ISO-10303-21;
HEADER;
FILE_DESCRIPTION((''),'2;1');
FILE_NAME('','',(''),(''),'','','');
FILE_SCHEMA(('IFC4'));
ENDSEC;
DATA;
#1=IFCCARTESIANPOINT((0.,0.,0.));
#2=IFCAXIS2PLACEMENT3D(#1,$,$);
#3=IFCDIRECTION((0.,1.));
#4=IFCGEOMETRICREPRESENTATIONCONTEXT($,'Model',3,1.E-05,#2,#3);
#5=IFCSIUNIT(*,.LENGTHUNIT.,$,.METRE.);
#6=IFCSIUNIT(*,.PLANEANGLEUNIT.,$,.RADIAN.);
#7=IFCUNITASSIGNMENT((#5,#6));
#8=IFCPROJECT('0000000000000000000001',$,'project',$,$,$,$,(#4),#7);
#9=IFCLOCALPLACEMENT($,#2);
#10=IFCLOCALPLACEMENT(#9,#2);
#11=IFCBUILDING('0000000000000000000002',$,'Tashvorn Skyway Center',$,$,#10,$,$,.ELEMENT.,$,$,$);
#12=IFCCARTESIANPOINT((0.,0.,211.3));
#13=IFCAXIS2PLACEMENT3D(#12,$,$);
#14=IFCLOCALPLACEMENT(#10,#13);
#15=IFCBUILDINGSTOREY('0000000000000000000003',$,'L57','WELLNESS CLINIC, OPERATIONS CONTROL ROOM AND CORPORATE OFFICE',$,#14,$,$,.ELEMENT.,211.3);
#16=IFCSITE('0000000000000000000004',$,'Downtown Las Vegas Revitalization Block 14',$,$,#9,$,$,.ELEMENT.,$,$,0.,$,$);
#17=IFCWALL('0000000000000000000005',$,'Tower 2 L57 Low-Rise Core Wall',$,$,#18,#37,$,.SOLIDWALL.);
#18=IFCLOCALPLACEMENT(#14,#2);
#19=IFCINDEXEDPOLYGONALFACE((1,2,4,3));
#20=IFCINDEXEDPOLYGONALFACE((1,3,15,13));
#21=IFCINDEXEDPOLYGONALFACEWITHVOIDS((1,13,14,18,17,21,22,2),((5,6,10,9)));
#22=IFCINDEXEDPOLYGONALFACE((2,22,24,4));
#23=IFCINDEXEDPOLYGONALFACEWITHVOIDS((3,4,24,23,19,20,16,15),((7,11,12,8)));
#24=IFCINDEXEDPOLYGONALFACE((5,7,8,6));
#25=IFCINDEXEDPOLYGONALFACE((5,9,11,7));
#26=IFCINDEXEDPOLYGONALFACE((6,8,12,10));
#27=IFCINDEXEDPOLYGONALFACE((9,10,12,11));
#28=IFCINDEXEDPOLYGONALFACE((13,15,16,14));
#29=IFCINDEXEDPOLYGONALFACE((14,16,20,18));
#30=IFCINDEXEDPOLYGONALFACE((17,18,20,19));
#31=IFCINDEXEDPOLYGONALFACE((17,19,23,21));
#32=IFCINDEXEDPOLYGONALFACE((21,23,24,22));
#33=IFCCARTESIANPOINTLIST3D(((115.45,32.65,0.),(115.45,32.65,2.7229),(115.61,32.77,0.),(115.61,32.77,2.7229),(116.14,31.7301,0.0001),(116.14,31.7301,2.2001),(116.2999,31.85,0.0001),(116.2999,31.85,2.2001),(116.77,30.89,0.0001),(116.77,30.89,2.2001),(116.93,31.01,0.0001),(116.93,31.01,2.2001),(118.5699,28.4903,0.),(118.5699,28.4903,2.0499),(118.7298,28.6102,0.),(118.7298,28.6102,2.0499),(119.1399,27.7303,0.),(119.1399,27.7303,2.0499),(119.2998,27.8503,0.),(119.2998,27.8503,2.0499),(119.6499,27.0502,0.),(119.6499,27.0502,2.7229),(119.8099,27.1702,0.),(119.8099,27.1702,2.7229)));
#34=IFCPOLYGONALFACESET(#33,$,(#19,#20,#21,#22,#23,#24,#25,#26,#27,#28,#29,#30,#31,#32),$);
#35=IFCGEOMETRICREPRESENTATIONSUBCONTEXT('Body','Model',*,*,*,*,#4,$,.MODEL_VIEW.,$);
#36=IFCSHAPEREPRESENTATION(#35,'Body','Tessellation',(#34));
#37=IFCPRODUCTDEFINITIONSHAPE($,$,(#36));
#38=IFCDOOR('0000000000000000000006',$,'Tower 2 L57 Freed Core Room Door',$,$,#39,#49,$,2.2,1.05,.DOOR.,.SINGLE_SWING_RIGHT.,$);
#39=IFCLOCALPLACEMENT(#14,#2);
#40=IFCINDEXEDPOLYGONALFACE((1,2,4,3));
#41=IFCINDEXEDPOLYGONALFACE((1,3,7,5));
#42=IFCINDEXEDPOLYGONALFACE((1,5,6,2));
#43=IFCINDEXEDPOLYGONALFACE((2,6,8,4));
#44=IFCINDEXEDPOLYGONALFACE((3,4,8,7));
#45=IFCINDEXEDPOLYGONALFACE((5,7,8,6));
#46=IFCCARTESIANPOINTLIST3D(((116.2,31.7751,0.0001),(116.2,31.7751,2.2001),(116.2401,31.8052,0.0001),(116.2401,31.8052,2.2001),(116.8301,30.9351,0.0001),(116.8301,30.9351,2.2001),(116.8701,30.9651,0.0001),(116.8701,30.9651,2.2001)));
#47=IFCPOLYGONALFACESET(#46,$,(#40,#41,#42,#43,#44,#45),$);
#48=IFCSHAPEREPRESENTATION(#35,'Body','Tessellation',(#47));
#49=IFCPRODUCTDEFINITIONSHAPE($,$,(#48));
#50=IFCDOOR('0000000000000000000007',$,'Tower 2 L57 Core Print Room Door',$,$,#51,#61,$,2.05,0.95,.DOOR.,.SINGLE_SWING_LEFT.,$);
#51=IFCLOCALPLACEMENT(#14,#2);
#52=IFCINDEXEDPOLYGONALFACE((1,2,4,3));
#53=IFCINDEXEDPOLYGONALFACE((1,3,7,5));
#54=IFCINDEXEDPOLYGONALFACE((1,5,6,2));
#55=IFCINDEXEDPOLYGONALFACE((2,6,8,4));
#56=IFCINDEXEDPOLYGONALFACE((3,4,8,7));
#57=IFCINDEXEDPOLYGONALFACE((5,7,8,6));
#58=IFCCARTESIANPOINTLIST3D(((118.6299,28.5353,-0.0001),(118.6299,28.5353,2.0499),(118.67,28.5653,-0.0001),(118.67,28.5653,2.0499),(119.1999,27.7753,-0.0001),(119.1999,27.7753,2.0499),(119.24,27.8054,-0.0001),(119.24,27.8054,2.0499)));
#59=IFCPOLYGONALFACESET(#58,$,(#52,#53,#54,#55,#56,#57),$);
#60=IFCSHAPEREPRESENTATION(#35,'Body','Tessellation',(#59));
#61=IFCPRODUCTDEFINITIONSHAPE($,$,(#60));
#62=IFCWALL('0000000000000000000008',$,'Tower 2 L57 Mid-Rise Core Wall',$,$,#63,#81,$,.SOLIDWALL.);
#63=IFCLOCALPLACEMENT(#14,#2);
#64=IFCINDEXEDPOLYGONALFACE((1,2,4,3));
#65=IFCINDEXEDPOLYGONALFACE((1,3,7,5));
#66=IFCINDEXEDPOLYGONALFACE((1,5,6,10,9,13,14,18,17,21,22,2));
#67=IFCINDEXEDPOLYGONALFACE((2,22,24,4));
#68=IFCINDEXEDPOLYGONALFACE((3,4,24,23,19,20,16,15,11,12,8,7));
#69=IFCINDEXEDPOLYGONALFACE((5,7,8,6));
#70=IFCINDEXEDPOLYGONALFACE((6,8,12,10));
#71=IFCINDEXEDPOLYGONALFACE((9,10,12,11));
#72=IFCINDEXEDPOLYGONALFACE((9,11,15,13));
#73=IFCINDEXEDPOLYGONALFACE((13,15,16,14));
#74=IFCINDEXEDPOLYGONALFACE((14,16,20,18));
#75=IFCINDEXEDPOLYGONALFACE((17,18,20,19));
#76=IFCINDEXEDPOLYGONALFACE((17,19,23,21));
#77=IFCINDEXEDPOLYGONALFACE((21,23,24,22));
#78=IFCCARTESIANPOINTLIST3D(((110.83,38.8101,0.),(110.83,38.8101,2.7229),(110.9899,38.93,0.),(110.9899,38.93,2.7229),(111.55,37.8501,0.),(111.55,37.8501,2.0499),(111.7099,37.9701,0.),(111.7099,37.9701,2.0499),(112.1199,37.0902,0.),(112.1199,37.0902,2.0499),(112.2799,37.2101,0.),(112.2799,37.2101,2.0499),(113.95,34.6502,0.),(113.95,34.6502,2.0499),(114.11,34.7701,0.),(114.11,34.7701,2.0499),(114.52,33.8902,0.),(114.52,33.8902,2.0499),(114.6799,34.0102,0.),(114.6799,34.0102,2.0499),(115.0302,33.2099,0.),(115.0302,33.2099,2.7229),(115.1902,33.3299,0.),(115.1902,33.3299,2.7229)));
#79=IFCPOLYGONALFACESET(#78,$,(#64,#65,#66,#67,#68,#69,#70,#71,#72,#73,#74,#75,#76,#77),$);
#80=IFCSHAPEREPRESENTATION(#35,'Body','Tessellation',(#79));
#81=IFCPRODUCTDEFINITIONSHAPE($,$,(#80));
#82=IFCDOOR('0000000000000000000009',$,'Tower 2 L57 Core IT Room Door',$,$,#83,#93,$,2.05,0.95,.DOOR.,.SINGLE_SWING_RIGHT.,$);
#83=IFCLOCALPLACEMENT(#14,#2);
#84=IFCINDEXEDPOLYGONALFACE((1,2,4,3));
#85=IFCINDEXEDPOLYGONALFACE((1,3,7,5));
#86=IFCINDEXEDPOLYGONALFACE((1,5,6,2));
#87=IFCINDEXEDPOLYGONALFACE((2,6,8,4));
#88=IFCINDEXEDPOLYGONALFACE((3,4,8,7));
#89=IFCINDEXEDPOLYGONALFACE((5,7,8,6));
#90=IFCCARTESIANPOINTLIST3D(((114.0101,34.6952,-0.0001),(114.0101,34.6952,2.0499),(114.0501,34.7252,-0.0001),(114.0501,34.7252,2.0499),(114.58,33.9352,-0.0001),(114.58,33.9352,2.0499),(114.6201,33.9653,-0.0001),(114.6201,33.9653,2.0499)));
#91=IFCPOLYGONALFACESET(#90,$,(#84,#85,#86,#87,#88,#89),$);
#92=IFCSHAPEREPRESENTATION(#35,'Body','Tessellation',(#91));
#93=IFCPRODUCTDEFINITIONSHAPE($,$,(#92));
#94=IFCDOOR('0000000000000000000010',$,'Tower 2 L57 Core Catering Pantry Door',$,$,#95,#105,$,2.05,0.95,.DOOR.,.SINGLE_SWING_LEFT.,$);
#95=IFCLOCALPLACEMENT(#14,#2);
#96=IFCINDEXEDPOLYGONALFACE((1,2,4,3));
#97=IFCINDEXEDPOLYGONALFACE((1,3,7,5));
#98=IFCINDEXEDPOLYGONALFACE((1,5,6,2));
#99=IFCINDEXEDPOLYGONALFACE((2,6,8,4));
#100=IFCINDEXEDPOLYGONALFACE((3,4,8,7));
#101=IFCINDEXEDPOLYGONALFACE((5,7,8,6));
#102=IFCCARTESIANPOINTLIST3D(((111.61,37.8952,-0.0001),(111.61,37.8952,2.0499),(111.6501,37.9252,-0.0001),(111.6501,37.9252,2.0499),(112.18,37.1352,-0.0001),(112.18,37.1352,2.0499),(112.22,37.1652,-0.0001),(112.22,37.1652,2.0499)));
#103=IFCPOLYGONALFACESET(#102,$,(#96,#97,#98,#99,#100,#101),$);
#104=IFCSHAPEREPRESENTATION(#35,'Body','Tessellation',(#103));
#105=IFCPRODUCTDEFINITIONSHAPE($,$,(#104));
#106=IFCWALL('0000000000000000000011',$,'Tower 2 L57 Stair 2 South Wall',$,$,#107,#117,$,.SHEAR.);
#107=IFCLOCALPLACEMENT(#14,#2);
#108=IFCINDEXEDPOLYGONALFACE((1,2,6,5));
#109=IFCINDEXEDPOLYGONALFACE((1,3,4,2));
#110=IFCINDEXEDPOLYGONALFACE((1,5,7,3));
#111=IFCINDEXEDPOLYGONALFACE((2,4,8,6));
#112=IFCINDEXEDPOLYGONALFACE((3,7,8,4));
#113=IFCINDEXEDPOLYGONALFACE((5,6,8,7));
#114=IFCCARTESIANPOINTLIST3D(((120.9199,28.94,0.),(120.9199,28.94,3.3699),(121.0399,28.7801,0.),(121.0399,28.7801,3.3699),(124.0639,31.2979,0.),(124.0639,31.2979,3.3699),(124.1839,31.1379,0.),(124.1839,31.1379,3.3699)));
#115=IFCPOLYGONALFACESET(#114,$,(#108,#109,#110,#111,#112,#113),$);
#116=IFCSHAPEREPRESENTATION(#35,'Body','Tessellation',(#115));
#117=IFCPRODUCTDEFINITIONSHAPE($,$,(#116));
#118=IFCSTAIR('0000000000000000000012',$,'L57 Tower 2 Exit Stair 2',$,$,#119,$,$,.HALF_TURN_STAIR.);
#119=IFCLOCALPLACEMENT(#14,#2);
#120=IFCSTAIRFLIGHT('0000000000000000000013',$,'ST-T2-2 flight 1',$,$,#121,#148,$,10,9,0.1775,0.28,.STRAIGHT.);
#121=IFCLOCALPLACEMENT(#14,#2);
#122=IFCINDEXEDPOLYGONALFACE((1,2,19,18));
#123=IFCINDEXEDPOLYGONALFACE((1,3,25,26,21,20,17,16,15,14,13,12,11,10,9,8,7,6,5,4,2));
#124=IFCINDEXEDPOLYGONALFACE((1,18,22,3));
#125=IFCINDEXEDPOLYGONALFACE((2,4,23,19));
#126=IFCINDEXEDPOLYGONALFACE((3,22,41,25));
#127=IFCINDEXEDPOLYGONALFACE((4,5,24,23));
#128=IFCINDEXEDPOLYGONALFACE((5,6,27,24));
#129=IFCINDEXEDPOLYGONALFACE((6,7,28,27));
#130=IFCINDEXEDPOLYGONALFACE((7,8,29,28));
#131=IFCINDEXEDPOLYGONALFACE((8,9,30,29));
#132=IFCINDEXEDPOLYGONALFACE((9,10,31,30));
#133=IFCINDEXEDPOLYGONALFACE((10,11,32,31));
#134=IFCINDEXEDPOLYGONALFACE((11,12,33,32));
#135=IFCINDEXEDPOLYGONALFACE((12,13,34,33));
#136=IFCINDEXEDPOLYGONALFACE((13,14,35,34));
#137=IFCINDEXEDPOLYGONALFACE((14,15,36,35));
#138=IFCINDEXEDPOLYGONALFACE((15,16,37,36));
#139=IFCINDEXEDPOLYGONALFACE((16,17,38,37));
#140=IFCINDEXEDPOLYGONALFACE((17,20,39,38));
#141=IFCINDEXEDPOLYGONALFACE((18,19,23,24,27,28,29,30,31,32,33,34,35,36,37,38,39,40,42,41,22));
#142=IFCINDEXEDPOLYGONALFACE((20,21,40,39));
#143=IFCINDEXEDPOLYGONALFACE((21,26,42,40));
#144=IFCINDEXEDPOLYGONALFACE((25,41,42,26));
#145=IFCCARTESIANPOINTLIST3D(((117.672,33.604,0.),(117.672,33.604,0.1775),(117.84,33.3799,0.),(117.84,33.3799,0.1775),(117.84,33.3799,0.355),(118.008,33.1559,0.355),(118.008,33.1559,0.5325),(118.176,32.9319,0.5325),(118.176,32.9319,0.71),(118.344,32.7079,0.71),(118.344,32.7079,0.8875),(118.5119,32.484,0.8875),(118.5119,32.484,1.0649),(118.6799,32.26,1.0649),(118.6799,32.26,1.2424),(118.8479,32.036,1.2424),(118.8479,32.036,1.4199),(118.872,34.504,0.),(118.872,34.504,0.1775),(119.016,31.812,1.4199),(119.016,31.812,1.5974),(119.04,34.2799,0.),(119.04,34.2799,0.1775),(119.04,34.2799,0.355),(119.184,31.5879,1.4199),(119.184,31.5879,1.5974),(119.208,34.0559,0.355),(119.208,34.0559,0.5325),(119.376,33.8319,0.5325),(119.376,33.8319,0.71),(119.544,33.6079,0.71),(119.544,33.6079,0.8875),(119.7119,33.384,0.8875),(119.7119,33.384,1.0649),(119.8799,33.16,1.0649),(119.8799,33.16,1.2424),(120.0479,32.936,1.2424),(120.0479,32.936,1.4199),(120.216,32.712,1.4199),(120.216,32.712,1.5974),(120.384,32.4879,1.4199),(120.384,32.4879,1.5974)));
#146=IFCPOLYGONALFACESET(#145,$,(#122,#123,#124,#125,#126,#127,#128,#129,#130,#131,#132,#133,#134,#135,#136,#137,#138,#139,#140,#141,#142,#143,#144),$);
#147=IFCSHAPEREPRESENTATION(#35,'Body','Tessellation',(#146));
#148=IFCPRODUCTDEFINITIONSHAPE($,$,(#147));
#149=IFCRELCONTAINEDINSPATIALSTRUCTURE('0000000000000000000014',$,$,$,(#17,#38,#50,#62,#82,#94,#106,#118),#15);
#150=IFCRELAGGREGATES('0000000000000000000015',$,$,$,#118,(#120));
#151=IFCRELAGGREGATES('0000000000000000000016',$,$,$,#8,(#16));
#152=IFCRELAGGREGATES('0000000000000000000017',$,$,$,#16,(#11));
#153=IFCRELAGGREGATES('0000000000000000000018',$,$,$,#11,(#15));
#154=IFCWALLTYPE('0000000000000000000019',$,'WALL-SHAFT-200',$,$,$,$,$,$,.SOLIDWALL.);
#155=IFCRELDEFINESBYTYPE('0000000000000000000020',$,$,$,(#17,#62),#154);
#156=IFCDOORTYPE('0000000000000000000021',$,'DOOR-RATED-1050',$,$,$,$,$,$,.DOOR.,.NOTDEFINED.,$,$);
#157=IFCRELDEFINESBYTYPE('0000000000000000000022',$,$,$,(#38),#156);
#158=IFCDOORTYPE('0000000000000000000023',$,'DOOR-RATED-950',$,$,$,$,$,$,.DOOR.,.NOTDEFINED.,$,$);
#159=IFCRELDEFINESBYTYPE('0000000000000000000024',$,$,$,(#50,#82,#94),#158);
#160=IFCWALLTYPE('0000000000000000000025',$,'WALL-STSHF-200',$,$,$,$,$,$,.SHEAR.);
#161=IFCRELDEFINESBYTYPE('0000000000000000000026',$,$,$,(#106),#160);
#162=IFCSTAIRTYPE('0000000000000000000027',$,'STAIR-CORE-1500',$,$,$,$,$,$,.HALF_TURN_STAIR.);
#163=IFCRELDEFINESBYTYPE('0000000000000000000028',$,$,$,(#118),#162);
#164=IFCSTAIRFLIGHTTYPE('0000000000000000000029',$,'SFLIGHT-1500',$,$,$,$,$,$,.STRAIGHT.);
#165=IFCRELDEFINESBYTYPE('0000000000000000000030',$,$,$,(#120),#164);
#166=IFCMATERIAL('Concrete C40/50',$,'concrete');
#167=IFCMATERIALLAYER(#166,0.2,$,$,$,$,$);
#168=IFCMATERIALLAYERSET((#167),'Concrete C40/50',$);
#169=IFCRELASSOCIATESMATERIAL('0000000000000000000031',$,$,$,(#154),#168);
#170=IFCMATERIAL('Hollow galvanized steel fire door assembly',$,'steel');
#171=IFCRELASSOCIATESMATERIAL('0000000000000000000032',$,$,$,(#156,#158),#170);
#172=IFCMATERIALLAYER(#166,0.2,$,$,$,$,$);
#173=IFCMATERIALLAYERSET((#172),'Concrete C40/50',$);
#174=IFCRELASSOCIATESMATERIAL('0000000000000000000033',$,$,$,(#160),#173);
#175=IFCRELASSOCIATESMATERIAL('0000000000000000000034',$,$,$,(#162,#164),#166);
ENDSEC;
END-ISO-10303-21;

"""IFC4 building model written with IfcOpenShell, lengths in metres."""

from ifc_helpers import new_model, si_unit, direction, frame, frame_2d, origin, place, context, subcontext, project, spatial, polyline, rectangle, outline, extrude, material, layer, layer_set, type_object, element, fill, aggregate, save


model = new_model("IFC4")

# Units and contexts
model_context = context("Model", 3, precision=1e-05, world=origin(), true_north=direction((0.0, 1.0)))
body_context = subcontext(model_context, "Body", "Model", "MODEL_VIEW")
ifc_project = project(units=[si_unit("LENGTHUNIT", "METRE"), si_unit("PLANEANGLEUNIT", "RADIAN")], contexts=[model_context])

# Site, building, storey
site_placement = place(None, origin())
site = spatial("IfcSite", under=ifc_project, at=site_placement, Name="Downtown Las Vegas Revitalization Block 14", CompositionType="ELEMENT", RefElevation=0.0)
building_placement = place(site_placement, origin())
building = spatial("IfcBuilding", under=site, at=building_placement, Name="Tashvorn Skyway Center", CompositionType="ELEMENT")
storey_placement = place(building_placement, frame((0.0, 0.0, 211.3)))
storey = spatial("IfcBuildingStorey", under=building, at=storey_placement, Name="L57", Description="WELLNESS CLINIC, OPERATIONS CONTROL ROOM AND CORPORATE OFFICE", CompositionType="ELEMENT", Elevation=211.3)

# Shared definitions
ifc_material_1 = material(Name="Hollow galvanized steel fire door assembly", Category="steel")

# Walls, openings, doors
ifc_material_2 = material(Name="Concrete C40/50", Category="concrete")
ifc_layer_1 = layer(ifc_material_2, 0.2)
ifc_layer_set_1 = layer_set([ifc_layer_1], Name="Concrete C40/50")
wall_type_1 = type_object("IfcWallType", Name="WALL-SHAFT-200", PredefinedType="SOLIDWALL", material=ifc_layer_set_1)
wall_1_placement = place(storey_placement, frame((119.73, 27.1101, 0.0), z_axis=(0.0, 0.0, 1.0), x_axis=(-0.600006, 0.799996, 0.0)))
wall_1 = element("IfcWall", 1, at=wall_1_placement, inside=storey, type_object=wall_type_1, Name="Tower 2 L57 Low-Rise Core Wall", PredefinedType="SOLIDWALL", context=body_context, shape_type="SweptSolid", body=[
    extrude(rectangle(XDim=6.9998, YDim=0.2, at=frame_2d((3.5, 0.0))), origin(), (0.0, 0.0, 1.0), 2.7229),
])
opening_1_placement = place(wall_1_placement, frame((0.8501, 0.0, 0.0)))
opening_1 = element("IfcOpeningElement", 2, at=opening_1_placement, cuts=wall_1, PredefinedType="OPENING", context=body_context, shape_type="SweptSolid", body=[
    extrude(rectangle(XDim=0.95, YDim=2.05, at=frame_2d((0.4751, 1.0249))), frame((0.0, 0.1099, 0.0), z_axis=(0.0, -1.0, 0.0), x_axis=(1.0, 0.0, 0.0)), (0.0, 0.0, 1.0), 0.22),
])
opening_2_placement = place(wall_1_placement, frame((4.8, 0.0, 0.0)))
opening_2 = element("IfcOpeningElement", 3, at=opening_2_placement, cuts=wall_1, PredefinedType="OPENING", context=body_context, shape_type="SweptSolid", body=[
    extrude(rectangle(XDim=1.05, YDim=2.2, at=frame_2d((0.5249, 1.1001))), frame((0.0, 0.1099, 0.0), z_axis=(0.0, -1.0, 0.0), x_axis=(1.0, 0.0, 0.0)), (0.0, 0.0, 1.0), 0.22),
])
door_type_1 = type_object("IfcDoorType", Name="DOOR-RATED-1050", OperationType="NOTDEFINED", PredefinedType="DOOR", material=ifc_material_1)
door_1_placement = place(opening_2_placement, origin())
door_1 = element("IfcDoor", 4, at=door_1_placement, inside=storey, type_object=door_type_1, Name="Tower 2 L57 Freed Core Room Door", OperationType="SINGLE_SWING_RIGHT", OverallHeight=2.2, OverallWidth=1.05, PredefinedType="DOOR", context=body_context, shape_type="SweptSolid", body=[
    extrude(rectangle(XDim=1.05, YDim=2.2, at=frame_2d((0.5249, 1.1001))), frame((0.0, 0.0249, 0.0), z_axis=(0.0, -1.0, 0.0), x_axis=(1.0, 0.0, 0.0)), (0.0, 0.0, 1.0), 0.05),
])
fill(opening_2, door_1)
door_type_2 = type_object("IfcDoorType", Name="DOOR-RATED-950", OperationType="NOTDEFINED", PredefinedType="DOOR", material=ifc_material_1)
door_2_placement = place(opening_1_placement, origin())
door_2 = element("IfcDoor", 5, at=door_2_placement, inside=storey, type_object=door_type_2, Name="Tower 2 L57 Core Print Room Door", OperationType="SINGLE_SWING_LEFT", OverallHeight=2.05, OverallWidth=0.95, PredefinedType="DOOR", context=body_context, shape_type="SweptSolid", body=[
    extrude(rectangle(XDim=0.95, YDim=2.05, at=frame_2d((0.4751, 1.0249))), frame((0.0, 0.0249, 0.0), z_axis=(0.0, -1.0, 0.0), x_axis=(1.0, 0.0, 0.0)), (0.0, 0.0, 1.0), 0.05),
])
fill(opening_1, door_2)
wall_2_placement = place(storey_placement, frame((115.1101, 33.27, 0.0), z_axis=(0.0, 0.0, 1.0), x_axis=(-0.600011, 0.799992, 0.0)))
wall_2 = element("IfcWall", 6, at=wall_2_placement, inside=storey, type_object=wall_type_1, Name="Tower 2 L57 Mid-Rise Core Wall", PredefinedType="SOLIDWALL", context=body_context, shape_type="SweptSolid", body=[
    extrude(rectangle(XDim=7.0002, YDim=0.2, at=frame_2d((3.5, 0.0))), origin(), (0.0, 0.0, 1.0), 2.7229),
])
opening_3_placement = place(wall_2_placement, frame((0.8501, 0.0, 0.0)))
opening_3 = element("IfcOpeningElement", 7, at=opening_3_placement, cuts=wall_2, PredefinedType="OPENING", context=body_context, shape_type="SweptSolid", body=[
    extrude(rectangle(XDim=0.95, YDim=2.05, at=frame_2d((0.4751, 1.0249))), frame((0.0, 0.1099, 0.0), z_axis=(0.0, -1.0, 0.0), x_axis=(1.0, 0.0, 0.0)), (0.0, 0.0, 1.0), 0.22),
])
opening_4_placement = place(wall_2_placement, frame((4.8501, 0.0, 0.0)))
opening_4 = element("IfcOpeningElement", 8, at=opening_4_placement, cuts=wall_2, PredefinedType="OPENING", context=body_context, shape_type="SweptSolid", body=[
    extrude(rectangle(XDim=0.95, YDim=2.05, at=frame_2d((0.4751, 1.0249))), frame((0.0, 0.1099, 0.0), z_axis=(0.0, -1.0, 0.0), x_axis=(1.0, 0.0, 0.0)), (0.0, 0.0, 1.0), 0.22),
])
door_3_placement = place(opening_3_placement, origin())
door_3 = element("IfcDoor", 9, at=door_3_placement, inside=storey, type_object=door_type_2, Name="Tower 2 L57 Core IT Room Door", OperationType="SINGLE_SWING_RIGHT", OverallHeight=2.05, OverallWidth=0.95, PredefinedType="DOOR", context=body_context, shape_type="SweptSolid", body=[
    extrude(rectangle(XDim=0.95, YDim=2.05, at=frame_2d((0.4751, 1.0249))), frame((0.0, 0.0249, 0.0), z_axis=(0.0, -1.0, 0.0), x_axis=(1.0, 0.0, 0.0)), (0.0, 0.0, 1.0), 0.05),
])
fill(opening_3, door_3)
door_4_placement = place(opening_4_placement, origin())
door_4 = element("IfcDoor", 10, at=door_4_placement, inside=storey, type_object=door_type_2, Name="Tower 2 L57 Core Catering Pantry Door", OperationType="SINGLE_SWING_LEFT", OverallHeight=2.05, OverallWidth=0.95, PredefinedType="DOOR", context=body_context, shape_type="SweptSolid", body=[
    extrude(rectangle(XDim=0.95, YDim=2.05, at=frame_2d((0.4751, 1.0249))), frame((0.0, 0.0249, 0.0), z_axis=(0.0, -1.0, 0.0), x_axis=(1.0, 0.0, 0.0)), (0.0, 0.0, 1.0), 0.05),
])
fill(opening_4, door_4)

# Wall
ifc_layer_2 = layer(ifc_material_2, 0.2)
ifc_layer_set_2 = layer_set([ifc_layer_2], Name="Concrete C40/50")
wall_type_2 = type_object("IfcWallType", Name="WALL-STSHF-200", PredefinedType="SHEAR", material=ifc_layer_set_2)
wall_3_placement = place(storey_placement, frame((120.98, 28.8601, 0.0), z_axis=(0.0, 0.0, 1.0), x_axis=(0.800015, 0.59998, 0.0)))
element("IfcWall", 11, at=wall_3_placement, inside=storey, type_object=wall_type_2, Name="Tower 2 L57 Stair 2 South Wall", PredefinedType="SHEAR", context=body_context, shape_type="SweptSolid", body=[
    extrude(rectangle(XDim=3.9299, YDim=0.2, at=frame_2d((1.9648, 0.0))), origin(), (0.0, 0.0, 1.0), 3.3699),
])

# Stair, stair flight
stair_type = type_object("IfcStairType", Name="STAIR-CORE-1500", PredefinedType="HALF_TURN_STAIR", material=ifc_material_2)
stair_placement = place(storey_placement, origin())
stair = element("IfcStair", 12, at=stair_placement, inside=storey, type_object=stair_type, Name="L57 Tower 2 Exit Stair 2", PredefinedType="HALF_TURN_STAIR")
stair_flight_type = type_object("IfcStairFlightType", Name="SFLIGHT-1500", PredefinedType="STRAIGHT", material=ifc_material_2)
stair_flight_1_placement = place(storey_placement, frame((118.272, 34.054, 0.0), z_axis=(0.0, 0.0, 1.0), x_axis=(0.6, -0.8, 0.0)))
stair_flight_1 = element("IfcStairFlight", 13, at=stair_flight_1_placement, type_object=stair_flight_type, Name="ST-T2-2 flight 1", NumberOfRisers=10, NumberOfTreads=9, PredefinedType="STRAIGHT", RiserHeight=0.1775, TreadLength=0.28, context=body_context, shape_type="SweptSolid", body=[
    extrude(outline(polyline([(0.0, 0.0), (0.0, 0.1775), (0.28, 0.1775), (0.28, 0.355), (0.5601, 0.355), (0.5601, 0.5325), (0.8401, 0.5325), (0.8401, 0.71), (1.1201, 0.71), (1.1201, 0.8875), (1.3999, 0.8875), (1.3999, 1.0649), (1.6799, 1.0649), (1.6799, 1.2424), (1.96, 1.2424), (1.96, 1.4199), (2.24, 1.4199), (2.24, 1.5974), (2.52, 1.5974), (2.52, 1.7749), (2.52, 1.4199), (0.28, 0.0), (0.0, 0.0)])), frame((0.0, 0.75, 0.0), z_axis=(0.0, -1.0, 0.0), x_axis=(1.0, 0.0, 0.0)), (0.0, 0.0, 1.0), 1.5),
])
aggregate(stair, [stair_flight_1])

save(model, "model.ifc")
